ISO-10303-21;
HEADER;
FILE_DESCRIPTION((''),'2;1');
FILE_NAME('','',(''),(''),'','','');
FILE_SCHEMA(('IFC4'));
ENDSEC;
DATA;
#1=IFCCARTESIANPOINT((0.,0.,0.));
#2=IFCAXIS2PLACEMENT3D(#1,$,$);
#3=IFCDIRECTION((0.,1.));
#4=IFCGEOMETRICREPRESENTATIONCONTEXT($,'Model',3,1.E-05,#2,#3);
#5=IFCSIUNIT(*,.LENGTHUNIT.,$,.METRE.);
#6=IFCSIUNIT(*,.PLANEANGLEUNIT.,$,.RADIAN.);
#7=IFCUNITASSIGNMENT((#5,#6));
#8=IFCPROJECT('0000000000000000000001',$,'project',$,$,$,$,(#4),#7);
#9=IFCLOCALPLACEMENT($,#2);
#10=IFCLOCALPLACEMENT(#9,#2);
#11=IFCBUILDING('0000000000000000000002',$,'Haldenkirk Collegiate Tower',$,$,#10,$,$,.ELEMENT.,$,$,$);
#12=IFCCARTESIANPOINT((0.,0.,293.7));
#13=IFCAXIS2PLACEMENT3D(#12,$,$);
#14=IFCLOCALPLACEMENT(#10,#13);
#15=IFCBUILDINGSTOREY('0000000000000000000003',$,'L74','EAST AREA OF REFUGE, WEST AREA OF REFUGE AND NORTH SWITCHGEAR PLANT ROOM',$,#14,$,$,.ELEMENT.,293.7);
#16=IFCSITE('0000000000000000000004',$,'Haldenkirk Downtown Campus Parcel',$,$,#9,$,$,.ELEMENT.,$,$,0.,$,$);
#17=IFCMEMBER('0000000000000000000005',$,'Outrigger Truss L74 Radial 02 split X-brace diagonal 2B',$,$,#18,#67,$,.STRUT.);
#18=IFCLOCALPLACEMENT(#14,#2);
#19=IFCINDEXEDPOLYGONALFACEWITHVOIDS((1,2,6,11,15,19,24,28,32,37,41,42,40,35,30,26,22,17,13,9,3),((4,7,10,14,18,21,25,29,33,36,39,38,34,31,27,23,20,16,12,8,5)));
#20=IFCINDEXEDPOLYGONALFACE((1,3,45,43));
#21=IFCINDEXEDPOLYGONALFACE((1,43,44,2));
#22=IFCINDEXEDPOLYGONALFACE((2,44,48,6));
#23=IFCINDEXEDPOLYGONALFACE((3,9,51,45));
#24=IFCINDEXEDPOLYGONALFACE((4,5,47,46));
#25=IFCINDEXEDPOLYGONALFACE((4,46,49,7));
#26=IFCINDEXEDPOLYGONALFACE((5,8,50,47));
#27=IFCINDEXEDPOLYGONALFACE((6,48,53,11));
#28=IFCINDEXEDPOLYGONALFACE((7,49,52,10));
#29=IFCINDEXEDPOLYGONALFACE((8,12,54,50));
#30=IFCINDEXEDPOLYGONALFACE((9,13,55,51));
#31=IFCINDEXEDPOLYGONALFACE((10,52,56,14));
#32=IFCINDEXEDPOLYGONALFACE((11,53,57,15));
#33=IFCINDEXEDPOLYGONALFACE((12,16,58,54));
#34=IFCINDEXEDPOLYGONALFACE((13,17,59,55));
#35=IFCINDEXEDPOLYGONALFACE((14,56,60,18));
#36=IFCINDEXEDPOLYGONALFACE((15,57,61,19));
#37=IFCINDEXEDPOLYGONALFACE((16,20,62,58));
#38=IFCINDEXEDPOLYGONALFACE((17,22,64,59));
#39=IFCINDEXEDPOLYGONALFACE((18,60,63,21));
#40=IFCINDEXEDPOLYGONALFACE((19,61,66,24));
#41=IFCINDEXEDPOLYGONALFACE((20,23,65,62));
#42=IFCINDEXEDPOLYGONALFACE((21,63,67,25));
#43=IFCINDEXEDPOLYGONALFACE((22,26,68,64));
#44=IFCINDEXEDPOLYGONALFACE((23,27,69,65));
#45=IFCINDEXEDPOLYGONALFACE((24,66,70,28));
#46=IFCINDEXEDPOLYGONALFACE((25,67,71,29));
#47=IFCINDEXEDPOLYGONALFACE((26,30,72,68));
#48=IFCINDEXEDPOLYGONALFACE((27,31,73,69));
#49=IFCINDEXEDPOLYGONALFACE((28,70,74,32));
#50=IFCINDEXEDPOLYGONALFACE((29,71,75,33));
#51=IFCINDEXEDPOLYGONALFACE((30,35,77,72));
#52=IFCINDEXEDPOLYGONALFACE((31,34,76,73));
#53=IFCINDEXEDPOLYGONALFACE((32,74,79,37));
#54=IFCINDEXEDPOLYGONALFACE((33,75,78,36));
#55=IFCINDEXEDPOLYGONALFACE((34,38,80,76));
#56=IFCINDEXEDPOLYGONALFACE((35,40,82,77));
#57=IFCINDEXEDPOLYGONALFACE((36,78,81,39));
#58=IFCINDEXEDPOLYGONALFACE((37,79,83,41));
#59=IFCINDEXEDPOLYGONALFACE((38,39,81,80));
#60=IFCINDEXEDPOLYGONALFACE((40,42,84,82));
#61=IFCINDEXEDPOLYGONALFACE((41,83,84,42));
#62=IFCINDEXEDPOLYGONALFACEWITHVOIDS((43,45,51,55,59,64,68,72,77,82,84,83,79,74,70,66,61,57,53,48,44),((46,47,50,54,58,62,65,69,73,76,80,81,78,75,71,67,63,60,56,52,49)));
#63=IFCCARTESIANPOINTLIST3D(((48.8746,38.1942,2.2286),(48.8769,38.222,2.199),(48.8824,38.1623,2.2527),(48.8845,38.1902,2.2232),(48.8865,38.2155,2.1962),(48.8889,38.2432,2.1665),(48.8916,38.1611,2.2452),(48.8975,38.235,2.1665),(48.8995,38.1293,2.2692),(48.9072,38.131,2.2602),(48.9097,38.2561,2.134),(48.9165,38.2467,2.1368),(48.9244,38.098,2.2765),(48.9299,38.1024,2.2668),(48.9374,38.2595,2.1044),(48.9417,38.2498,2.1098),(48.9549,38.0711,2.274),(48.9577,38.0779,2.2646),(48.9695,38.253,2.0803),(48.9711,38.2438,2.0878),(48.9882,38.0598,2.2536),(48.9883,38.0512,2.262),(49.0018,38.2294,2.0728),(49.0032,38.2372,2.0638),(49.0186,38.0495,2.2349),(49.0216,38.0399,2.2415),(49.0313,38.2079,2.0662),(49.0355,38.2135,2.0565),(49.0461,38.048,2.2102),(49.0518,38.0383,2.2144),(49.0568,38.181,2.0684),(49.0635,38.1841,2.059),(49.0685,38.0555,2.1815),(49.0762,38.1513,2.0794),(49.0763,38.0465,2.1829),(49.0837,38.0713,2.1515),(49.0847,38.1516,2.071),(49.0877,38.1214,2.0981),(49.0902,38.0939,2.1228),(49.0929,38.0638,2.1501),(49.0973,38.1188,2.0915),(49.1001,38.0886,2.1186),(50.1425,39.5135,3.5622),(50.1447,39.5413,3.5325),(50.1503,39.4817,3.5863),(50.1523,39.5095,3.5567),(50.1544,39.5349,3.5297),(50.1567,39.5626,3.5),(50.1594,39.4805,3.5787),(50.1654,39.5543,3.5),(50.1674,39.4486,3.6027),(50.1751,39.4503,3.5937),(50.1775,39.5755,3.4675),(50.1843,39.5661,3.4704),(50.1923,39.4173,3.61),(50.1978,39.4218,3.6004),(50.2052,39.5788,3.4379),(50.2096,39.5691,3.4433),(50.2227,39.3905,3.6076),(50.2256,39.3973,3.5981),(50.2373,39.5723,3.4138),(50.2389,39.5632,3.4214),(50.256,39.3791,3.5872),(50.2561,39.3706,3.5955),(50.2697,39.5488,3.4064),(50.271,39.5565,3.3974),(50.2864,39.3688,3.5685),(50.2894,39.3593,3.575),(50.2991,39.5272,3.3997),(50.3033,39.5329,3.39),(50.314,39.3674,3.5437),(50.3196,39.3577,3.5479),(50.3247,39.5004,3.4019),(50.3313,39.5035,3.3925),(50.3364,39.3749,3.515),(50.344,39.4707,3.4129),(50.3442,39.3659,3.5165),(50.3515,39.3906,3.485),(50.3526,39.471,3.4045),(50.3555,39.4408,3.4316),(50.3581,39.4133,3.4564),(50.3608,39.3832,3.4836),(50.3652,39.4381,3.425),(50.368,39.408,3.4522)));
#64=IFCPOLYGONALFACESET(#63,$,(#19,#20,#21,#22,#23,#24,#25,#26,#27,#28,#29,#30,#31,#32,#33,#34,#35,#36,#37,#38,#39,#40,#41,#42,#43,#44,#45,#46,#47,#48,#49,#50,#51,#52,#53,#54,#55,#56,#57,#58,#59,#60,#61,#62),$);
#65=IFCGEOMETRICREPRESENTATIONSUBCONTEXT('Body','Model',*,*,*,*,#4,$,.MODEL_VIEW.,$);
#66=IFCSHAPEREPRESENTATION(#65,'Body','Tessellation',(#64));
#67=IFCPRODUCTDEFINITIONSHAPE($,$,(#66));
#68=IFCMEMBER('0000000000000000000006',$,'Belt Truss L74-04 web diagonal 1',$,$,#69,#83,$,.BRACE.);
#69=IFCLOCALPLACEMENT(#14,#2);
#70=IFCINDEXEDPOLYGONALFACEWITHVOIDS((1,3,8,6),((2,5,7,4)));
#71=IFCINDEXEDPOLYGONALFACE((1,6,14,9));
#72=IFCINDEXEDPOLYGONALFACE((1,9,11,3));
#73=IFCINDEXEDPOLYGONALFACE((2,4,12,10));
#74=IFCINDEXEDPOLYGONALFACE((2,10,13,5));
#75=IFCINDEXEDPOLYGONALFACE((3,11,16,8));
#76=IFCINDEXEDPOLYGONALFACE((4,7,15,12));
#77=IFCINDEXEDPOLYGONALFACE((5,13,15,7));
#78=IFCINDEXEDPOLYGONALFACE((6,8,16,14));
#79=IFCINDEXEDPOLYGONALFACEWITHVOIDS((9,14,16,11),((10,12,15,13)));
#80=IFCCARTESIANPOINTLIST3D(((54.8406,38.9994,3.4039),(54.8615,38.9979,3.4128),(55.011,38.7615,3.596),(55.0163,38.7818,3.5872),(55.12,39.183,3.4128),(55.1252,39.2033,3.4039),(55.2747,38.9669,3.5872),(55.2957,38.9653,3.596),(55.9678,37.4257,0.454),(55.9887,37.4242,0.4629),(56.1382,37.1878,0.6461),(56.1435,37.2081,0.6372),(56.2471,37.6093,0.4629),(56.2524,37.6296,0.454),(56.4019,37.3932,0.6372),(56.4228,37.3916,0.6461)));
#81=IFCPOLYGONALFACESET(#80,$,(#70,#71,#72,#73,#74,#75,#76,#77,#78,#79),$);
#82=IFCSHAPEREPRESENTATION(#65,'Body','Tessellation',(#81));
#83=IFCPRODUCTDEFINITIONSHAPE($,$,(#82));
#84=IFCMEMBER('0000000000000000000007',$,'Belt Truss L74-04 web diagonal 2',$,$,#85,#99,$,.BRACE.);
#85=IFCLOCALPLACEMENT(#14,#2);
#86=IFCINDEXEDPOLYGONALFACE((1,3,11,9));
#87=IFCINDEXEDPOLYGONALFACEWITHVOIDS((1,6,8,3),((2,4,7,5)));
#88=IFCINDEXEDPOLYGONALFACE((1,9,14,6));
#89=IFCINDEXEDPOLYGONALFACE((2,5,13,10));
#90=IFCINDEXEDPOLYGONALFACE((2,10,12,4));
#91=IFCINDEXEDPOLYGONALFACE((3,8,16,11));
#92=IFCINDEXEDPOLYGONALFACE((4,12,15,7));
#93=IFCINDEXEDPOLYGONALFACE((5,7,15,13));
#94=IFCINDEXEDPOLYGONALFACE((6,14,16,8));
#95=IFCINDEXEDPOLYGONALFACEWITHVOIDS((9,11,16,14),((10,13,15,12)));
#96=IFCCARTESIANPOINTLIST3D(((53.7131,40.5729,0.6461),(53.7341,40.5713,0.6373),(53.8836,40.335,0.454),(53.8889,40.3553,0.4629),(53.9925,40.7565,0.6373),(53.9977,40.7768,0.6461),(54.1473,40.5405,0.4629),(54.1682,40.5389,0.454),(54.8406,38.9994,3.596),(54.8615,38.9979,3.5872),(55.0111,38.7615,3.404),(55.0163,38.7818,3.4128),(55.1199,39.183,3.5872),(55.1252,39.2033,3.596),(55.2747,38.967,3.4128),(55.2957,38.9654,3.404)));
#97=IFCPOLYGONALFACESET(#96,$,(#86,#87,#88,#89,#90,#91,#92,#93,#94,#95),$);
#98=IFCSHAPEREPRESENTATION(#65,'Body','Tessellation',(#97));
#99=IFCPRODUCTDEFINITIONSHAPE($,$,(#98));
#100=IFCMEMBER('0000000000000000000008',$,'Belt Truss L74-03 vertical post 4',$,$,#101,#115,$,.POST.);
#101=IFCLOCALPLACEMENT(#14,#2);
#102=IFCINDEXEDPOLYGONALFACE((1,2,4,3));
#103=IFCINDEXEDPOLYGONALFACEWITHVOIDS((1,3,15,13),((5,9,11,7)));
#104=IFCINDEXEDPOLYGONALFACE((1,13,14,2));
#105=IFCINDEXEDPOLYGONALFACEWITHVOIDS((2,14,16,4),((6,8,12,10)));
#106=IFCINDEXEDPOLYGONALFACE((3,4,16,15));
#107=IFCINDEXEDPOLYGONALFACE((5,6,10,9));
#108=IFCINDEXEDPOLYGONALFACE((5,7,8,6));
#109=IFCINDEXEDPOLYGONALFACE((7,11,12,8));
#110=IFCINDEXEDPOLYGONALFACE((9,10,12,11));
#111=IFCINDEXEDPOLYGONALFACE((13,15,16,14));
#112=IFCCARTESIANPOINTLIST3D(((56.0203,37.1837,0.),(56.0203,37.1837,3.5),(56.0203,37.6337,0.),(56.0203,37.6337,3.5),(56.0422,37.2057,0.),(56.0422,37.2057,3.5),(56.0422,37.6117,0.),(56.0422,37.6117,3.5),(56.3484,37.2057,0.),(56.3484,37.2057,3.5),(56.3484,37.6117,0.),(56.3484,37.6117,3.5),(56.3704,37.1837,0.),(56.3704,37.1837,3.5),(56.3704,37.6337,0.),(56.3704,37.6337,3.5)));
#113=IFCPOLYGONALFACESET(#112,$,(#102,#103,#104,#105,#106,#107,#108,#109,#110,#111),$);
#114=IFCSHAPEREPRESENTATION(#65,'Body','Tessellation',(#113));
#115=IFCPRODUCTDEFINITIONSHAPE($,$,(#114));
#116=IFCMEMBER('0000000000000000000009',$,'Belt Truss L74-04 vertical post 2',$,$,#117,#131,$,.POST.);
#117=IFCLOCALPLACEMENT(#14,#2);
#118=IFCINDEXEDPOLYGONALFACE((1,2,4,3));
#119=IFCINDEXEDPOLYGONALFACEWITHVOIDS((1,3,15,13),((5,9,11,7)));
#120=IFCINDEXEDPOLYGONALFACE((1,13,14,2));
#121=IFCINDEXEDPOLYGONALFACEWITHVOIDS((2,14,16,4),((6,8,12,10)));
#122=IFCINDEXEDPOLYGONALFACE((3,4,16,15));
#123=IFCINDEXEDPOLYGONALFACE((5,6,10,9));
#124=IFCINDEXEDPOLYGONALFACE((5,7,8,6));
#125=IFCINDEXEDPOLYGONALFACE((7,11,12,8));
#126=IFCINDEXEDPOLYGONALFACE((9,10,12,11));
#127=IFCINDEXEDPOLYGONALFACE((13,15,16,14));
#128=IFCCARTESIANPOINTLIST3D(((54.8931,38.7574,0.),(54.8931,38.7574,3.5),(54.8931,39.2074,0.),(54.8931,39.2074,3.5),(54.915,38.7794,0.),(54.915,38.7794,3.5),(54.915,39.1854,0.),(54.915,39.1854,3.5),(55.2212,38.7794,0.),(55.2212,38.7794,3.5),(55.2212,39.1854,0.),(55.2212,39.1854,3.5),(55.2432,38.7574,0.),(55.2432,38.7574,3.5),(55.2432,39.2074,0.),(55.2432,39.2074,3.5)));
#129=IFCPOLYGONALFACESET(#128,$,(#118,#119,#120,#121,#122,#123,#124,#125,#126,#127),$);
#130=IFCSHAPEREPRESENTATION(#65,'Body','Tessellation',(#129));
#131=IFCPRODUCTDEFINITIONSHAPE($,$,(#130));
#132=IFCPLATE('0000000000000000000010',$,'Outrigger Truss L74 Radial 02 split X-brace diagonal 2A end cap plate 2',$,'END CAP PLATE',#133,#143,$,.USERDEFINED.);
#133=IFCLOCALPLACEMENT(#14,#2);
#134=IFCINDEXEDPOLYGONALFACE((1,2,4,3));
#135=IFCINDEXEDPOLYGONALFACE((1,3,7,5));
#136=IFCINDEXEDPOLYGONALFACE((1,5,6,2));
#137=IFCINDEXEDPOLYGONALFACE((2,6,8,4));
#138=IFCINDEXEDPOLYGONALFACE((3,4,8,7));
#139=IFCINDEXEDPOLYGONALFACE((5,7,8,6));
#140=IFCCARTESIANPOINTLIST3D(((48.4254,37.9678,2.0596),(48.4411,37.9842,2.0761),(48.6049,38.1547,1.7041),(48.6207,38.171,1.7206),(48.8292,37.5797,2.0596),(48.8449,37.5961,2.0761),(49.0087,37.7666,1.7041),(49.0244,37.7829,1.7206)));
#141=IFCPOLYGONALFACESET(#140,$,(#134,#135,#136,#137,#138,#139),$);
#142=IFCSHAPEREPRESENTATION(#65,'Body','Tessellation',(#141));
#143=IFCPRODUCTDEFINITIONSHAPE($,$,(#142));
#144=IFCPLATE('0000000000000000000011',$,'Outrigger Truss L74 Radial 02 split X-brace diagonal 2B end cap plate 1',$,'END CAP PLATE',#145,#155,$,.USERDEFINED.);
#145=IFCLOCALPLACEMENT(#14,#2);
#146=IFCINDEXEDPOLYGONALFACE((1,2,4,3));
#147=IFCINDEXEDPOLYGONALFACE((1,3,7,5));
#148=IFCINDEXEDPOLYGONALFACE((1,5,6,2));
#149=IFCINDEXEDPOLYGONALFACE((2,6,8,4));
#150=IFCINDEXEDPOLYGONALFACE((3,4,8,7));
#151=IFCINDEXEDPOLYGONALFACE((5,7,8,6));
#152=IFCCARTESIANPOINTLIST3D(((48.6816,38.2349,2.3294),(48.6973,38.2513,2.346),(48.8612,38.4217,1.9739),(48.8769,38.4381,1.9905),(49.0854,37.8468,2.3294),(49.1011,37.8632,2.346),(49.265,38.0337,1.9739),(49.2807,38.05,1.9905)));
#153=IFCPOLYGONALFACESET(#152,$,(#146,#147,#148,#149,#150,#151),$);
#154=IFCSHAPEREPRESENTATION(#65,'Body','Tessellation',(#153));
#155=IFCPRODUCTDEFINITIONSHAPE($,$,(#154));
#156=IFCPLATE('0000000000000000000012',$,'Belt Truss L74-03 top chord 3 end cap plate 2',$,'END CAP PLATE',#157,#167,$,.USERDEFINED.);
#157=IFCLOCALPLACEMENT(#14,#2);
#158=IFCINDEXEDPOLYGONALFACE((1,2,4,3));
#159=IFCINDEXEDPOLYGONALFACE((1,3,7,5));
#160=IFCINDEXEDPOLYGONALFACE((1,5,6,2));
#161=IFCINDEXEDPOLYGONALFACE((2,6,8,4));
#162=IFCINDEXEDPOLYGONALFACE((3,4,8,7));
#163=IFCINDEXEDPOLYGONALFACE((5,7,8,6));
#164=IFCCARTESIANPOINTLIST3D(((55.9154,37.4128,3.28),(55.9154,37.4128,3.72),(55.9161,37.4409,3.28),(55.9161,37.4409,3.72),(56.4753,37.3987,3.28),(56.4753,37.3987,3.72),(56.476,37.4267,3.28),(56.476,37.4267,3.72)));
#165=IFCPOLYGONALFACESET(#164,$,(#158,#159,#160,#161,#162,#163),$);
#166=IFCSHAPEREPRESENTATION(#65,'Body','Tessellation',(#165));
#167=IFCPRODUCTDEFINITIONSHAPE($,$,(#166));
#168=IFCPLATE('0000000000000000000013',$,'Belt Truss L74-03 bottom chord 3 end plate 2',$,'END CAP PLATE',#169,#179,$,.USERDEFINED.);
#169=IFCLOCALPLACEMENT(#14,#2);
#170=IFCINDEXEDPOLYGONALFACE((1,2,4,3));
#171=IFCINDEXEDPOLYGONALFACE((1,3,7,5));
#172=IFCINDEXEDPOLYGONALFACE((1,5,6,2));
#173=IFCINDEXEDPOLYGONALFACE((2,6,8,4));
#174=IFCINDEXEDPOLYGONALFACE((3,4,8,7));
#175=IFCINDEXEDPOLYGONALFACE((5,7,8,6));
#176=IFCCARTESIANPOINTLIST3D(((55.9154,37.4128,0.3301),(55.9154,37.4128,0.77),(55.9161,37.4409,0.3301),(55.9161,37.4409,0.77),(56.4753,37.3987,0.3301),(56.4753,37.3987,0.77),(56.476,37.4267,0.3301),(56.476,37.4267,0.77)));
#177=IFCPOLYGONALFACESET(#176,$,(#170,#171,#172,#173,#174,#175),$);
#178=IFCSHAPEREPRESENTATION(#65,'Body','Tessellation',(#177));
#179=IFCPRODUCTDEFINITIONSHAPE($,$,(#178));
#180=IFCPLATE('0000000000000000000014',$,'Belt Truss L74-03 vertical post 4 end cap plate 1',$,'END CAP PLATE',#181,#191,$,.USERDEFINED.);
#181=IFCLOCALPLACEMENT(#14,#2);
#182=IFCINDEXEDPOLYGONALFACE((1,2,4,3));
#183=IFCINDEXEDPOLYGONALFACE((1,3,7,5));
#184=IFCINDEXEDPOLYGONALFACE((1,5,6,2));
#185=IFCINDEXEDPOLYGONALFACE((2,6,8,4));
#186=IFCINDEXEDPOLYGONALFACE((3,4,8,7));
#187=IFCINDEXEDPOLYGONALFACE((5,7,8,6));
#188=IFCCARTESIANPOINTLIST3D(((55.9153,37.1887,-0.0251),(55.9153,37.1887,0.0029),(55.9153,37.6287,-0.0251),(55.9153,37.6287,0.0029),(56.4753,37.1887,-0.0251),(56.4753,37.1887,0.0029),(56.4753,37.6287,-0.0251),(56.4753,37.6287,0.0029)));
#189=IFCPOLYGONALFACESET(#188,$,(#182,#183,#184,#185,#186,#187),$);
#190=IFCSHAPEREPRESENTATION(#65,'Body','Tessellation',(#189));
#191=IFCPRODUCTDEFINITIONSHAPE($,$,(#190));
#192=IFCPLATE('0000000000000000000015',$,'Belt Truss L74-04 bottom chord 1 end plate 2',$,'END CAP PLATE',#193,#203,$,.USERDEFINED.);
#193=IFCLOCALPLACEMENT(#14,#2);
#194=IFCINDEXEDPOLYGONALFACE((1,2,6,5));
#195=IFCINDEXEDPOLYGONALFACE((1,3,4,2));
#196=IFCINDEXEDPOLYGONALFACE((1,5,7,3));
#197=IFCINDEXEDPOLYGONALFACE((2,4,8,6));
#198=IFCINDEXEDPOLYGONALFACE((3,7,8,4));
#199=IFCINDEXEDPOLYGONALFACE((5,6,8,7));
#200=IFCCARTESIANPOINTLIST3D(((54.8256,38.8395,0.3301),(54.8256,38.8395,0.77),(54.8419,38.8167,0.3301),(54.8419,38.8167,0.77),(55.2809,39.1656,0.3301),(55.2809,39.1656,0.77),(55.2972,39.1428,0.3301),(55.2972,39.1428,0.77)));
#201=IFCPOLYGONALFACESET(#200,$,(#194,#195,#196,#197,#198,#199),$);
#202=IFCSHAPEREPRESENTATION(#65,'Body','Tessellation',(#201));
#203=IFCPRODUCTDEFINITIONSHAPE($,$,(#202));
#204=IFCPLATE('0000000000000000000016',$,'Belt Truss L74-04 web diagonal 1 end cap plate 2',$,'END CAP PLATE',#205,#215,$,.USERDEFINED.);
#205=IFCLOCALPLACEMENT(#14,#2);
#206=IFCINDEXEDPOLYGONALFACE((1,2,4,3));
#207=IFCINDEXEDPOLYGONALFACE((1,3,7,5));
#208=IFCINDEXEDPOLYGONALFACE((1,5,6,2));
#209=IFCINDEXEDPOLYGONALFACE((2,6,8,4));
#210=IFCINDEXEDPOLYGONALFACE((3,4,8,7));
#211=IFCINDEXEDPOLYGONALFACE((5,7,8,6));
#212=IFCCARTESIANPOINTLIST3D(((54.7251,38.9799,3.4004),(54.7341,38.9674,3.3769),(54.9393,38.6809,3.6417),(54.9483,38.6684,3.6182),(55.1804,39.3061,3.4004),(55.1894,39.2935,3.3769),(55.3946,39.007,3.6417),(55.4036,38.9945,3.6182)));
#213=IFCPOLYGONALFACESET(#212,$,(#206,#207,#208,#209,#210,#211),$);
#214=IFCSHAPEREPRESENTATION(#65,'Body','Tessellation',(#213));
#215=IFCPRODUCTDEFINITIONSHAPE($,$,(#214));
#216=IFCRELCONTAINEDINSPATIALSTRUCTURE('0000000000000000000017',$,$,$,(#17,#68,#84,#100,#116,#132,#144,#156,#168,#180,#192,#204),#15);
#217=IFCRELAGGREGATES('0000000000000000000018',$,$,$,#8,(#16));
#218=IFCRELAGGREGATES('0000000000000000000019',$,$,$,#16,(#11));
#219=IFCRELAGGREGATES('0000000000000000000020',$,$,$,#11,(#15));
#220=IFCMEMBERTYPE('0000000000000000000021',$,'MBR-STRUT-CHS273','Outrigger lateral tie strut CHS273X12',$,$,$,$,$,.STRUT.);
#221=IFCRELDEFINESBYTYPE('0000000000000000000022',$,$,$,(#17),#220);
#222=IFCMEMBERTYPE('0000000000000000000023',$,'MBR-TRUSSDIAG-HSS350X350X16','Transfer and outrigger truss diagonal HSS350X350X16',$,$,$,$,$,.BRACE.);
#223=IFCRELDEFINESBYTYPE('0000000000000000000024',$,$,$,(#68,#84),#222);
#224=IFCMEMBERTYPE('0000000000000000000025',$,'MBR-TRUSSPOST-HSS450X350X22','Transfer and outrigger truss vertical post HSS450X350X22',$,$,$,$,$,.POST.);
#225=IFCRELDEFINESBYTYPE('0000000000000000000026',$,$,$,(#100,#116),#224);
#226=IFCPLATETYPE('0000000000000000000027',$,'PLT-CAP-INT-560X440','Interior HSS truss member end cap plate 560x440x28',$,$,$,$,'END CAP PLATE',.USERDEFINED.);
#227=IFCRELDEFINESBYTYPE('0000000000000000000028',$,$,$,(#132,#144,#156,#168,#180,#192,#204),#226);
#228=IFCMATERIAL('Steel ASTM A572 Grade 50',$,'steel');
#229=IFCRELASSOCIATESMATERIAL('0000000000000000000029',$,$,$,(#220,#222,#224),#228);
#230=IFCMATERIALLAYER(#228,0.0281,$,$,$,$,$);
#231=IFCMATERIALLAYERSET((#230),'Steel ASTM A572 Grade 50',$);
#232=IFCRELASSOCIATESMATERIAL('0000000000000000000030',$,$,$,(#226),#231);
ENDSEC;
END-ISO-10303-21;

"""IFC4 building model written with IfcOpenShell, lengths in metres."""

from ifc_helpers import new_model, si_unit, direction, frame, origin, origin_2d, place, context, subcontext, project, spatial, rectangle, hollow_rectangle, hollow_circle, extrude, source, transform, mapped, material, layer, layer_set, material_profile, profile_set, type_object, element, save


model = new_model("IFC4")

# Units and contexts
model_context = context("Model", 3, precision=1e-05, world=origin(), true_north=direction((0.0, 1.0)))
body_context = subcontext(model_context, "Body", "Model", "MODEL_VIEW")
ifc_project = project(units=[si_unit("LENGTHUNIT", "METRE"), si_unit("PLANEANGLEUNIT", "RADIAN")], contexts=[model_context])

# Site, building, storey
site_placement = place(None, origin())
site = spatial("IfcSite", under=ifc_project, at=site_placement, Name="Haldenkirk Downtown Campus Parcel", CompositionType="ELEMENT", RefElevation=0.0)
building_placement = place(site_placement, origin())
building = spatial("IfcBuilding", under=site, at=building_placement, Name="Haldenkirk Collegiate Tower", CompositionType="ELEMENT")
storey_placement = place(building_placement, frame((0.0, 0.0, 293.7)))
storey = spatial("IfcBuildingStorey", under=building, at=storey_placement, Name="L74", Description="EAST AREA OF REFUGE, WEST AREA OF REFUGE AND NORTH SWITCHGEAR PLANT ROOM", CompositionType="ELEMENT", Elevation=293.7)

# Shared definitions
ifc_material_1 = material(Name="Steel ASTM A572 Grade 50", Category="steel")

# Members
ifc_material_profile_1 = material_profile(ifc_material_1, hollow_circle(Radius=0.1365, WallThickness=0.012, at=origin_2d()), Name="CHS273X12")
ifc_profile_set_1 = profile_set([ifc_material_profile_1], Name="Steel ASTM A572 Grade 50")
member_type_1 = type_object("IfcMemberType", Name="MBR-STRUT-CHS273", Description="Outrigger lateral tie strut CHS273X12", PredefinedType="STRUT", material=ifc_profile_set_1)
member_placement = place(storey_placement, frame((48.9873, 38.1487, 2.1665), z_axis=(0.559963, 0.582715, 0.588969), x_axis=(-0.721043, 0.69289, 0.0)))
element("IfcMember", 1, at=member_placement, inside=storey, type_object=member_type_1, Name="Outrigger Truss L74 Radial 02 split X-brace diagonal 2B", PredefinedType="STRUT", context=body_context, shape_type="SweptSolid", body=[
    extrude(hollow_circle(Radius=0.1365, WallThickness=0.012, at=origin_2d()), origin(), (0.0, 0.0, 1.0), 2.2642),
])
ifc_material_profile_2 = material_profile(ifc_material_1, hollow_rectangle(XDim=0.3501, YDim=0.3501, WallThickness=0.0161, at=origin_2d()), Name="HSS350X350X16")
ifc_profile_set_2 = profile_set([ifc_material_profile_2], Name="Steel ASTM A572 Grade 50")
member_type_2 = type_object("IfcMemberType", Name="MBR-TRUSSDIAG-HSS350X350X16", Description="Transfer and outrigger truss diagonal HSS350X350X16", PredefinedType="BRACE", material=ifc_profile_set_2)
for number, where, z_axis, x_axis, name in (
    (2, (56.1953, 37.4087, 0.55), (-0.319467, 0.446022, 0.836066), (-0.812974, -0.582299, 0.0), "Belt Truss L74-04 web diagonal 1"),
    (3, (55.0681, 38.9824, 3.5), (-0.319539, 0.445956, -0.836073), (-0.812872, -0.582443, 0.0), "Belt Truss L74-04 web diagonal 2"),
):
    element("IfcMember", number, at=place(storey_placement, frame(where, z_axis=z_axis, x_axis=x_axis)), inside=storey, type_object=member_type_2, Name=name, PredefinedType="BRACE", context=body_context, shape_type="SweptSolid", body=[
        extrude(hollow_rectangle(XDim=0.3501, YDim=0.3501, WallThickness=0.0161, at=origin_2d()), origin(), (0.0, 0.0, 1.0), 3.5283),
    ])
ifc_material_profile_3 = material_profile(ifc_material_1, hollow_rectangle(XDim=0.3501, YDim=0.45, WallThickness=0.022, at=origin_2d()), Name="HSS450X350X22")
ifc_profile_set_3 = profile_set([ifc_material_profile_3], Name="Steel ASTM A572 Grade 50")
member_type_3 = type_object("IfcMemberType", Name="MBR-TRUSSPOST-HSS450X350X22", Description="Transfer and outrigger truss vertical post HSS450X350X22", PredefinedType="POST", material=ifc_profile_set_3)
for number, where, z_axis, x_axis, name in (
    (4, (56.1953, 37.4087, 0.0), (0.0, 0.0, 1.0), (1.0, 0.0, 0.0), "Belt Truss L74-03 vertical post 4"),
    (5, (55.0681, 38.9824, 0.0), (0.0, 0.0, 1.0), (1.0, 0.0, 0.0), "Belt Truss L74-04 vertical post 2"),
):
    element("IfcMember", number, at=place(storey_placement, frame(where, z_axis=z_axis, x_axis=x_axis)), inside=storey, type_object=member_type_3, Name=name, PredefinedType="POST", context=body_context, shape_type="SweptSolid", body=[
        extrude(hollow_rectangle(XDim=0.3501, YDim=0.45, WallThickness=0.022, at=origin_2d()), origin(), (0.0, 0.0, 1.0), 3.5),
    ])

# Plates
ifc_layer_1 = layer(ifc_material_1, 0.0281)
ifc_layer_set_1 = layer_set([ifc_layer_1], Name="Steel ASTM A572 Grade 50")
plate_type_1 = type_object("IfcPlateType", Name="PLT-CAP-INT-560X440", Description="Interior HSS truss member end cap plate 560x440x28", ElementType="END CAP PLATE", PredefinedType="USERDEFINED", material=ifc_layer_set_1)
shared_shape_1 = source(origin(), body_context, "Body", "SweptSolid", [
    extrude(rectangle(XDim=0.5601, YDim=0.4399, at=origin_2d()), origin(), (0.0, 0.0, 1.0), 0.0281),
])
for number, where, z_axis, x_axis, name in (
    (6, (48.717, 37.8672, 1.8818), (0.559975, 0.582634, 0.589038), (-0.720988, 0.692948, 0.0), "Outrigger Truss L74 Radial 02 split X-brace diagonal 2A end cap plate 2"),
    (7, (48.989, 38.1506, 2.1682), (-0.559961, -0.582663, -0.589023), (0.721014, -0.692921, 0.0), "Outrigger Truss L74 Radial 02 split X-brace diagonal 2B end cap plate 1"),
    (8, (56.1953, 37.4058, 3.5), (0.025302, 0.99968, 0.0), (-0.99968, 0.025302, 0.0), "Belt Truss L74-03 top chord 3 end cap plate 2"),
    (9, (56.1953, 37.4058, 0.55), (0.02531, 0.99968, 0.0), (-0.99968, 0.02531, 0.0), "Belt Truss L74-03 bottom chord 3 end plate 2"),
    (10, (56.1953, 37.4087, 0.0029), (0.0, 0.0, -1.0), (1.0, 0.0, 0.0), "Belt Truss L74-03 vertical post 4 end cap plate 1"),
    (11, (55.0696, 38.9797, 0.55), (-0.582319, 0.81296, 0.0), (-0.81296, -0.582319, 0.0), "Belt Truss L74-04 bottom chord 1 end plate 2"),
    (12, (55.0688, 38.981, 3.4976), (-0.319465, 0.446009, 0.836073), (-0.812968, -0.582308, 0.0), "Belt Truss L74-04 web diagonal 1 end cap plate 2"),
):
    element("IfcPlate", number, at=place(storey_placement, frame(where, z_axis=z_axis, x_axis=x_axis)), inside=storey, type_object=plate_type_1, Name=name, ObjectType="END CAP PLATE", PredefinedType="USERDEFINED", context=body_context, shape_type="MappedRepresentation", body=[
        mapped(shared_shape_1, transform((0.0, 0.0, 0.0), x_axis=(1.0, 0.0, 0.0), y_axis=(0.0, 1.0, 0.0), z_axis=(0.0, 0.0, 1.0), scale=1.0)),
    ])

save(model, "model.ifc")
